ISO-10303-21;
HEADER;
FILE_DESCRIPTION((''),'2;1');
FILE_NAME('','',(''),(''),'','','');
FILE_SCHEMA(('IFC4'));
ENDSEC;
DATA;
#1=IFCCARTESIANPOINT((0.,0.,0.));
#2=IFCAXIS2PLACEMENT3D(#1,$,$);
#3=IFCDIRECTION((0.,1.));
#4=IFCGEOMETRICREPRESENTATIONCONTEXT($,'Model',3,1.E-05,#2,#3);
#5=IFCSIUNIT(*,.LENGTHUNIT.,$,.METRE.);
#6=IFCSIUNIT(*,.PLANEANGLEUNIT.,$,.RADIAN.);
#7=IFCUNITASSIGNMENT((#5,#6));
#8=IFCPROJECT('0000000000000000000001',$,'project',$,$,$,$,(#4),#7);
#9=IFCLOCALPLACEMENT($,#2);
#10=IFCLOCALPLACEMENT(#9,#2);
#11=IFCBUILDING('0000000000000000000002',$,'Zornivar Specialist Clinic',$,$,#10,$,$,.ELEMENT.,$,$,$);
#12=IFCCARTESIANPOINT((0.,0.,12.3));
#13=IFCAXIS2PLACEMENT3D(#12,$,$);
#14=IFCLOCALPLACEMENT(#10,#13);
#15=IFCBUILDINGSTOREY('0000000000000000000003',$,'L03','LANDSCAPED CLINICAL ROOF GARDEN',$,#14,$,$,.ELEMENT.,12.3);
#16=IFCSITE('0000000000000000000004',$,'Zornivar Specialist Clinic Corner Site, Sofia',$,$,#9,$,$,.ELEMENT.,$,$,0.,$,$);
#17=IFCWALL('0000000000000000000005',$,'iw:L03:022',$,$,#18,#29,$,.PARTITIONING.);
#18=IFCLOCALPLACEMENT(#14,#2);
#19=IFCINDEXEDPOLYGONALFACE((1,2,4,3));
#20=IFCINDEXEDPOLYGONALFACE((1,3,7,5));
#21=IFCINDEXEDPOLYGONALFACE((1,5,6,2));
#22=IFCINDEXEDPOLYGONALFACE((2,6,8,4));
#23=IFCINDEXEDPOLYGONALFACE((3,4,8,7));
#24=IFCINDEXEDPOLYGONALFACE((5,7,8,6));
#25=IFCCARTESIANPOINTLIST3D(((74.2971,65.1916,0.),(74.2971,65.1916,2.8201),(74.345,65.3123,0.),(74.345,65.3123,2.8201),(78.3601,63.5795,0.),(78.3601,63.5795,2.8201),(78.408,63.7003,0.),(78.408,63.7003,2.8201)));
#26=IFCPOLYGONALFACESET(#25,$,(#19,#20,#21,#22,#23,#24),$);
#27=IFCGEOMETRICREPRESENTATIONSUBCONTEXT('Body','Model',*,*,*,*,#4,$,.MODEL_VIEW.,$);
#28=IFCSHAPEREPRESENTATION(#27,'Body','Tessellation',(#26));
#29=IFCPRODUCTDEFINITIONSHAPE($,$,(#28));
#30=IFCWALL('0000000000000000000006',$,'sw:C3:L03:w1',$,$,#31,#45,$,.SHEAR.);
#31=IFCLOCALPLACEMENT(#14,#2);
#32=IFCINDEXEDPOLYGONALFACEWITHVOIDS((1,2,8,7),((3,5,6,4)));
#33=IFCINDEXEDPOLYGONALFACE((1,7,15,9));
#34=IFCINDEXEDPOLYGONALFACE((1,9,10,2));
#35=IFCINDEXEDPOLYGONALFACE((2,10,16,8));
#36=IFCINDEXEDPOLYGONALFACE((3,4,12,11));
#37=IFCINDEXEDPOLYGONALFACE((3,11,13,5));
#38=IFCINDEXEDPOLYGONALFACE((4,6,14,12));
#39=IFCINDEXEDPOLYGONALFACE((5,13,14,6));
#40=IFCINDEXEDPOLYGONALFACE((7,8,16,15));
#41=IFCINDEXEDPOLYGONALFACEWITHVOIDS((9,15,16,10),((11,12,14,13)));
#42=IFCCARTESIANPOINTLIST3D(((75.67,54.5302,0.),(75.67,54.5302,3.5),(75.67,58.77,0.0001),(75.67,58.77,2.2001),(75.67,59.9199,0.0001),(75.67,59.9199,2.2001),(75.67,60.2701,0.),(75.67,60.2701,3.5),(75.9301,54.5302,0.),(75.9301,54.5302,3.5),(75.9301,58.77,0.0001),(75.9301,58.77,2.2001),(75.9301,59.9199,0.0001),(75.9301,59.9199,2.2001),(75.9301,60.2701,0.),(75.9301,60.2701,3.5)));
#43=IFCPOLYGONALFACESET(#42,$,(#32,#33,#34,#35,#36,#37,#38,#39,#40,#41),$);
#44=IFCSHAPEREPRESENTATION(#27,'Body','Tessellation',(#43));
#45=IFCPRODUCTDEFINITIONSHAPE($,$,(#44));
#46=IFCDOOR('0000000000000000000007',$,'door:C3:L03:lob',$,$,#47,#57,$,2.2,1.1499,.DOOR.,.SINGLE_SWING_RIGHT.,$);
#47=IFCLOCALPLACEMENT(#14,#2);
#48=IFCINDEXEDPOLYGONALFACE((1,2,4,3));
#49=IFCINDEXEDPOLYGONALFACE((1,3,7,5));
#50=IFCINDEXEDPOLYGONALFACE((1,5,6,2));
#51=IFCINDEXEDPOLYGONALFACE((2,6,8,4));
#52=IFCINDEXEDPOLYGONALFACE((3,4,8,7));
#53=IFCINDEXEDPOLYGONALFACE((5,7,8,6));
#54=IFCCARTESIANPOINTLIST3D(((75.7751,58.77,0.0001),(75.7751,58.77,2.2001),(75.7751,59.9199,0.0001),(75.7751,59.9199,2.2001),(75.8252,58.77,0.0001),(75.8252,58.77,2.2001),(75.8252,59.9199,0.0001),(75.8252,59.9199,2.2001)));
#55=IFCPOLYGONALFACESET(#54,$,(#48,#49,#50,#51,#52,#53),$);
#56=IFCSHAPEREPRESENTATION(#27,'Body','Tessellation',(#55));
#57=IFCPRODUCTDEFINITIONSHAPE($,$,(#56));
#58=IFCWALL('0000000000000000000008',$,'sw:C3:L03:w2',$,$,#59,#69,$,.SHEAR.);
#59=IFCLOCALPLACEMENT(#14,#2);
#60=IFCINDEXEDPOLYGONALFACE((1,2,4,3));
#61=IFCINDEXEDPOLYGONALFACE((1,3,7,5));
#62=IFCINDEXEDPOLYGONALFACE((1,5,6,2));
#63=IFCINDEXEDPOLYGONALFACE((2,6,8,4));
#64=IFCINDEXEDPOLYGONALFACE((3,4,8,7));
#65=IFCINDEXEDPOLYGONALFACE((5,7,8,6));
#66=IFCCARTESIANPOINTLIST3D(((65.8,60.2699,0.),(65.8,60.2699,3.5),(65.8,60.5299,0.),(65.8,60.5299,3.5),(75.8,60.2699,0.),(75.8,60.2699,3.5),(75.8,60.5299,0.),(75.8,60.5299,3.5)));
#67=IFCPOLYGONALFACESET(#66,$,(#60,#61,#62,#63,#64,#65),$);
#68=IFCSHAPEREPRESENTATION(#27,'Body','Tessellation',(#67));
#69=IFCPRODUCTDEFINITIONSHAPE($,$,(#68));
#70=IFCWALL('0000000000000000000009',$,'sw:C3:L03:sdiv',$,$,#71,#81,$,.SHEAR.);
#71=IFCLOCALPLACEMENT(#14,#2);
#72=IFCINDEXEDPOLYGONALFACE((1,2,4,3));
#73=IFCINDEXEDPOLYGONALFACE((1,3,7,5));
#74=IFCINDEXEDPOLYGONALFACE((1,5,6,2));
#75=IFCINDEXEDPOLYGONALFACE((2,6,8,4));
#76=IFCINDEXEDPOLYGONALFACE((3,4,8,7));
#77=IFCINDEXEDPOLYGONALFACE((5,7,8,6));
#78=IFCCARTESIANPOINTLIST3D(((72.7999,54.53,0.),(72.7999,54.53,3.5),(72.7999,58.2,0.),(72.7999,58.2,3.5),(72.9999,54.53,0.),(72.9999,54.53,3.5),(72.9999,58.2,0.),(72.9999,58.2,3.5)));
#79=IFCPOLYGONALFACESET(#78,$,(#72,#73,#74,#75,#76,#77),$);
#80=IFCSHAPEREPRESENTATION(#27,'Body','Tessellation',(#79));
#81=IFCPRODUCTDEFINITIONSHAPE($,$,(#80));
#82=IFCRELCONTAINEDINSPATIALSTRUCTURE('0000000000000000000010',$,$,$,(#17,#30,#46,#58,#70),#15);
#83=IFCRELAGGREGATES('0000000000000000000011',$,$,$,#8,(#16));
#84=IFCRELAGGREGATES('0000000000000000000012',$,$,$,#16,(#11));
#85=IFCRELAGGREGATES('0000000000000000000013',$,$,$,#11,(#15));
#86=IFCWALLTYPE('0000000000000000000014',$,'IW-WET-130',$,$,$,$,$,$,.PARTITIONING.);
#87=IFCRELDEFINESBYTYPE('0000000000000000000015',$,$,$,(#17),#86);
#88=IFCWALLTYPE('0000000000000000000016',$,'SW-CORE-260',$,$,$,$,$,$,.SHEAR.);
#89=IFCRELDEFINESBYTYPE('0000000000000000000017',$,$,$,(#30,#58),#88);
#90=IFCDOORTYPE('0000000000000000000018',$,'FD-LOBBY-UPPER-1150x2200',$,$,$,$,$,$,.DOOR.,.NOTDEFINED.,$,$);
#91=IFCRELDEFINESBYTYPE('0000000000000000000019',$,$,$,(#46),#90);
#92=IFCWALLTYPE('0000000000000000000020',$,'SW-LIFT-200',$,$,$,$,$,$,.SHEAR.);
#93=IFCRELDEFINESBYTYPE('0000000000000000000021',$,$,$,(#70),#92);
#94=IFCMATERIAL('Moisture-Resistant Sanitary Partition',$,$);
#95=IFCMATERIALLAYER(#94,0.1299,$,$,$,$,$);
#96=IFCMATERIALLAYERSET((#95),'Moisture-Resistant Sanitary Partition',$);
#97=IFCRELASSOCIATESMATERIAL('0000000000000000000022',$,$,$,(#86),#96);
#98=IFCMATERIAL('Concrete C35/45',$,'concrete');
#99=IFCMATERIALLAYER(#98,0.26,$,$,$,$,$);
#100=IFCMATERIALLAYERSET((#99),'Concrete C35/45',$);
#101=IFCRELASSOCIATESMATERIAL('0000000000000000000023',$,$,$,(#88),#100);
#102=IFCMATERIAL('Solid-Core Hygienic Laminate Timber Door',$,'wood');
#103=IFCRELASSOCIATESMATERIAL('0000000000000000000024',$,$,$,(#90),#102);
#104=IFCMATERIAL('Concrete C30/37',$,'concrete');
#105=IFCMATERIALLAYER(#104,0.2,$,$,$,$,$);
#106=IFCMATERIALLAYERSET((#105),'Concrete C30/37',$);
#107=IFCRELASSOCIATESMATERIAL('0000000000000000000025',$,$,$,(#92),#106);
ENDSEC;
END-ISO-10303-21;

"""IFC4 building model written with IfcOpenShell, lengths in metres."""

from ifc_helpers import new_model, si_unit, direction, frame, frame_2d, origin, place, context, subcontext, project, spatial, rectangle, extrude, material, layer, layer_set, type_object, element, fill, save


model = new_model("IFC4")

# Units and contexts
model_context = context("Model", 3, precision=1e-05, world=origin(), true_north=direction((0.0, 1.0)))
body_context = subcontext(model_context, "Body", "Model", "MODEL_VIEW")
ifc_project = project(units=[si_unit("LENGTHUNIT", "METRE"), si_unit("PLANEANGLEUNIT", "RADIAN")], contexts=[model_context])

# Site, building, storey
site_placement = place(None, origin())
site = spatial("IfcSite", under=ifc_project, at=site_placement, Name="Zornivar Specialist Clinic Corner Site, Sofia", CompositionType="ELEMENT", RefElevation=0.0)
building_placement = place(site_placement, origin())
building = spatial("IfcBuilding", under=site, at=building_placement, Name="Zornivar Specialist Clinic", CompositionType="ELEMENT")
storey_placement = place(building_placement, frame((0.0, 0.0, 12.3)))
storey = spatial("IfcBuildingStorey", under=building, at=storey_placement, Name="L03", Description="LANDSCAPED CLINICAL ROOF GARDEN", CompositionType="ELEMENT", Elevation=12.3)

# Wall
ifc_material_1 = material(Name="Moisture-Resistant Sanitary Partition")
ifc_layer_1 = layer(ifc_material_1, 0.1299)
ifc_layer_set_1 = layer_set([ifc_layer_1], Name="Moisture-Resistant Sanitary Partition")
wall_type_1 = type_object("IfcWallType", Name="IW-WET-130", PredefinedType="PARTITIONING", material=ifc_layer_set_1)
wall_1_placement = place(storey_placement, frame((78.384, 63.6399, 0.0), z_axis=(0.0, 0.0, 1.0), x_axis=(-0.929509, 0.368799, 0.0)))
element("IfcWall", 1, at=wall_1_placement, inside=storey, type_object=wall_type_1, Name="iw:L03:022", PredefinedType="PARTITIONING", context=body_context, shape_type="SweptSolid", body=[
    extrude(rectangle(XDim=4.3711, YDim=0.1299, at=frame_2d((2.1855, 0.0))), origin(), (0.0, 0.0, 1.0), 2.8201),
])

# Wall, opening, door
ifc_material_2 = material(Name="Concrete C35/45", Category="concrete")
ifc_layer_2 = layer(ifc_material_2, 0.26)
ifc_layer_set_2 = layer_set([ifc_layer_2], Name="Concrete C35/45")
wall_type_2 = type_object("IfcWallType", Name="SW-CORE-260", PredefinedType="SHEAR", material=ifc_layer_set_2)
wall_2_placement = place(storey_placement, frame((75.8, 54.53, 0.0), z_axis=(0.0, 0.0, 1.0), x_axis=(0.0, 1.0, 0.0)))
wall_2 = element("IfcWall", 2, at=wall_2_placement, inside=storey, type_object=wall_type_2, Name="sw:C3:L03:w1", PredefinedType="SHEAR", context=body_context, shape_type="SweptSolid", body=[
    extrude(rectangle(XDim=5.74, YDim=0.26, at=frame_2d((2.8701, 0.0))), origin(), (0.0, 0.0, 1.0), 3.5),
])
opening_1_placement = place(wall_2_placement, frame((4.24, 0.0, 0.0)))
opening_1 = element("IfcOpeningElement", 3, at=opening_1_placement, cuts=wall_2, PredefinedType="OPENING", context=body_context, shape_type="SweptSolid", body=[
    extrude(rectangle(XDim=1.1499, YDim=2.2, at=frame_2d((0.575, 1.1001))), frame((0.0, 0.1399, 0.0), z_axis=(0.0, -1.0, 0.0), x_axis=(1.0, 0.0, 0.0)), (0.0, 0.0, 1.0), 0.28),
])
ifc_material_3 = material(Name="Solid-Core Hygienic Laminate Timber Door", Category="wood")
door_type_1 = type_object("IfcDoorType", Name="FD-LOBBY-UPPER-1150x2200", OperationType="NOTDEFINED", PredefinedType="DOOR", material=ifc_material_3)
door_1_placement = place(opening_1_placement, origin())
door_1 = element("IfcDoor", 4, at=door_1_placement, inside=storey, type_object=door_type_1, Name="door:C3:L03:lob", OperationType="SINGLE_SWING_RIGHT", OverallHeight=2.2, OverallWidth=1.1499, PredefinedType="DOOR", context=body_context, shape_type="SweptSolid", body=[
    extrude(rectangle(XDim=1.1499, YDim=2.2, at=frame_2d((0.575, 1.1001))), frame((0.0, 0.0249, 0.0), z_axis=(0.0, -1.0, 0.0), x_axis=(1.0, 0.0, 0.0)), (0.0, 0.0, 1.0), 0.05),
])
fill(opening_1, door_1)

# Walls
wall_3_placement = place(storey_placement, frame((75.8, 60.3999, 0.0), z_axis=(0.0, 0.0, 1.0), x_axis=(-1.0, 0.0, 0.0)))
element("IfcWall", 5, at=wall_3_placement, inside=storey, type_object=wall_type_2, Name="sw:C3:L03:w2", PredefinedType="SHEAR", context=body_context, shape_type="SweptSolid", body=[
    extrude(rectangle(XDim=10.0, YDim=0.26, at=frame_2d((5.0, 0.0))), origin(), (0.0, 0.0, 1.0), 3.5),
])
ifc_material_4 = material(Name="Concrete C30/37", Category="concrete")
ifc_layer_3 = layer(ifc_material_4, 0.2)
ifc_layer_set_3 = layer_set([ifc_layer_3], Name="Concrete C30/37")
wall_type_3 = type_object("IfcWallType", Name="SW-LIFT-200", PredefinedType="SHEAR", material=ifc_layer_set_3)
wall_4_placement = place(storey_placement, frame((72.8999, 54.53, 0.0), z_axis=(0.0, 0.0, 1.0), x_axis=(0.0, 1.0, 0.0)))
element("IfcWall", 6, at=wall_4_placement, inside=storey, type_object=wall_type_3, Name="sw:C3:L03:sdiv", PredefinedType="SHEAR", context=body_context, shape_type="SweptSolid", body=[
    extrude(rectangle(XDim=3.6699, YDim=0.2, at=frame_2d((1.835, 0.0))), origin(), (0.0, 0.0, 1.0), 3.5),
])

save(model, "model.ifc")
